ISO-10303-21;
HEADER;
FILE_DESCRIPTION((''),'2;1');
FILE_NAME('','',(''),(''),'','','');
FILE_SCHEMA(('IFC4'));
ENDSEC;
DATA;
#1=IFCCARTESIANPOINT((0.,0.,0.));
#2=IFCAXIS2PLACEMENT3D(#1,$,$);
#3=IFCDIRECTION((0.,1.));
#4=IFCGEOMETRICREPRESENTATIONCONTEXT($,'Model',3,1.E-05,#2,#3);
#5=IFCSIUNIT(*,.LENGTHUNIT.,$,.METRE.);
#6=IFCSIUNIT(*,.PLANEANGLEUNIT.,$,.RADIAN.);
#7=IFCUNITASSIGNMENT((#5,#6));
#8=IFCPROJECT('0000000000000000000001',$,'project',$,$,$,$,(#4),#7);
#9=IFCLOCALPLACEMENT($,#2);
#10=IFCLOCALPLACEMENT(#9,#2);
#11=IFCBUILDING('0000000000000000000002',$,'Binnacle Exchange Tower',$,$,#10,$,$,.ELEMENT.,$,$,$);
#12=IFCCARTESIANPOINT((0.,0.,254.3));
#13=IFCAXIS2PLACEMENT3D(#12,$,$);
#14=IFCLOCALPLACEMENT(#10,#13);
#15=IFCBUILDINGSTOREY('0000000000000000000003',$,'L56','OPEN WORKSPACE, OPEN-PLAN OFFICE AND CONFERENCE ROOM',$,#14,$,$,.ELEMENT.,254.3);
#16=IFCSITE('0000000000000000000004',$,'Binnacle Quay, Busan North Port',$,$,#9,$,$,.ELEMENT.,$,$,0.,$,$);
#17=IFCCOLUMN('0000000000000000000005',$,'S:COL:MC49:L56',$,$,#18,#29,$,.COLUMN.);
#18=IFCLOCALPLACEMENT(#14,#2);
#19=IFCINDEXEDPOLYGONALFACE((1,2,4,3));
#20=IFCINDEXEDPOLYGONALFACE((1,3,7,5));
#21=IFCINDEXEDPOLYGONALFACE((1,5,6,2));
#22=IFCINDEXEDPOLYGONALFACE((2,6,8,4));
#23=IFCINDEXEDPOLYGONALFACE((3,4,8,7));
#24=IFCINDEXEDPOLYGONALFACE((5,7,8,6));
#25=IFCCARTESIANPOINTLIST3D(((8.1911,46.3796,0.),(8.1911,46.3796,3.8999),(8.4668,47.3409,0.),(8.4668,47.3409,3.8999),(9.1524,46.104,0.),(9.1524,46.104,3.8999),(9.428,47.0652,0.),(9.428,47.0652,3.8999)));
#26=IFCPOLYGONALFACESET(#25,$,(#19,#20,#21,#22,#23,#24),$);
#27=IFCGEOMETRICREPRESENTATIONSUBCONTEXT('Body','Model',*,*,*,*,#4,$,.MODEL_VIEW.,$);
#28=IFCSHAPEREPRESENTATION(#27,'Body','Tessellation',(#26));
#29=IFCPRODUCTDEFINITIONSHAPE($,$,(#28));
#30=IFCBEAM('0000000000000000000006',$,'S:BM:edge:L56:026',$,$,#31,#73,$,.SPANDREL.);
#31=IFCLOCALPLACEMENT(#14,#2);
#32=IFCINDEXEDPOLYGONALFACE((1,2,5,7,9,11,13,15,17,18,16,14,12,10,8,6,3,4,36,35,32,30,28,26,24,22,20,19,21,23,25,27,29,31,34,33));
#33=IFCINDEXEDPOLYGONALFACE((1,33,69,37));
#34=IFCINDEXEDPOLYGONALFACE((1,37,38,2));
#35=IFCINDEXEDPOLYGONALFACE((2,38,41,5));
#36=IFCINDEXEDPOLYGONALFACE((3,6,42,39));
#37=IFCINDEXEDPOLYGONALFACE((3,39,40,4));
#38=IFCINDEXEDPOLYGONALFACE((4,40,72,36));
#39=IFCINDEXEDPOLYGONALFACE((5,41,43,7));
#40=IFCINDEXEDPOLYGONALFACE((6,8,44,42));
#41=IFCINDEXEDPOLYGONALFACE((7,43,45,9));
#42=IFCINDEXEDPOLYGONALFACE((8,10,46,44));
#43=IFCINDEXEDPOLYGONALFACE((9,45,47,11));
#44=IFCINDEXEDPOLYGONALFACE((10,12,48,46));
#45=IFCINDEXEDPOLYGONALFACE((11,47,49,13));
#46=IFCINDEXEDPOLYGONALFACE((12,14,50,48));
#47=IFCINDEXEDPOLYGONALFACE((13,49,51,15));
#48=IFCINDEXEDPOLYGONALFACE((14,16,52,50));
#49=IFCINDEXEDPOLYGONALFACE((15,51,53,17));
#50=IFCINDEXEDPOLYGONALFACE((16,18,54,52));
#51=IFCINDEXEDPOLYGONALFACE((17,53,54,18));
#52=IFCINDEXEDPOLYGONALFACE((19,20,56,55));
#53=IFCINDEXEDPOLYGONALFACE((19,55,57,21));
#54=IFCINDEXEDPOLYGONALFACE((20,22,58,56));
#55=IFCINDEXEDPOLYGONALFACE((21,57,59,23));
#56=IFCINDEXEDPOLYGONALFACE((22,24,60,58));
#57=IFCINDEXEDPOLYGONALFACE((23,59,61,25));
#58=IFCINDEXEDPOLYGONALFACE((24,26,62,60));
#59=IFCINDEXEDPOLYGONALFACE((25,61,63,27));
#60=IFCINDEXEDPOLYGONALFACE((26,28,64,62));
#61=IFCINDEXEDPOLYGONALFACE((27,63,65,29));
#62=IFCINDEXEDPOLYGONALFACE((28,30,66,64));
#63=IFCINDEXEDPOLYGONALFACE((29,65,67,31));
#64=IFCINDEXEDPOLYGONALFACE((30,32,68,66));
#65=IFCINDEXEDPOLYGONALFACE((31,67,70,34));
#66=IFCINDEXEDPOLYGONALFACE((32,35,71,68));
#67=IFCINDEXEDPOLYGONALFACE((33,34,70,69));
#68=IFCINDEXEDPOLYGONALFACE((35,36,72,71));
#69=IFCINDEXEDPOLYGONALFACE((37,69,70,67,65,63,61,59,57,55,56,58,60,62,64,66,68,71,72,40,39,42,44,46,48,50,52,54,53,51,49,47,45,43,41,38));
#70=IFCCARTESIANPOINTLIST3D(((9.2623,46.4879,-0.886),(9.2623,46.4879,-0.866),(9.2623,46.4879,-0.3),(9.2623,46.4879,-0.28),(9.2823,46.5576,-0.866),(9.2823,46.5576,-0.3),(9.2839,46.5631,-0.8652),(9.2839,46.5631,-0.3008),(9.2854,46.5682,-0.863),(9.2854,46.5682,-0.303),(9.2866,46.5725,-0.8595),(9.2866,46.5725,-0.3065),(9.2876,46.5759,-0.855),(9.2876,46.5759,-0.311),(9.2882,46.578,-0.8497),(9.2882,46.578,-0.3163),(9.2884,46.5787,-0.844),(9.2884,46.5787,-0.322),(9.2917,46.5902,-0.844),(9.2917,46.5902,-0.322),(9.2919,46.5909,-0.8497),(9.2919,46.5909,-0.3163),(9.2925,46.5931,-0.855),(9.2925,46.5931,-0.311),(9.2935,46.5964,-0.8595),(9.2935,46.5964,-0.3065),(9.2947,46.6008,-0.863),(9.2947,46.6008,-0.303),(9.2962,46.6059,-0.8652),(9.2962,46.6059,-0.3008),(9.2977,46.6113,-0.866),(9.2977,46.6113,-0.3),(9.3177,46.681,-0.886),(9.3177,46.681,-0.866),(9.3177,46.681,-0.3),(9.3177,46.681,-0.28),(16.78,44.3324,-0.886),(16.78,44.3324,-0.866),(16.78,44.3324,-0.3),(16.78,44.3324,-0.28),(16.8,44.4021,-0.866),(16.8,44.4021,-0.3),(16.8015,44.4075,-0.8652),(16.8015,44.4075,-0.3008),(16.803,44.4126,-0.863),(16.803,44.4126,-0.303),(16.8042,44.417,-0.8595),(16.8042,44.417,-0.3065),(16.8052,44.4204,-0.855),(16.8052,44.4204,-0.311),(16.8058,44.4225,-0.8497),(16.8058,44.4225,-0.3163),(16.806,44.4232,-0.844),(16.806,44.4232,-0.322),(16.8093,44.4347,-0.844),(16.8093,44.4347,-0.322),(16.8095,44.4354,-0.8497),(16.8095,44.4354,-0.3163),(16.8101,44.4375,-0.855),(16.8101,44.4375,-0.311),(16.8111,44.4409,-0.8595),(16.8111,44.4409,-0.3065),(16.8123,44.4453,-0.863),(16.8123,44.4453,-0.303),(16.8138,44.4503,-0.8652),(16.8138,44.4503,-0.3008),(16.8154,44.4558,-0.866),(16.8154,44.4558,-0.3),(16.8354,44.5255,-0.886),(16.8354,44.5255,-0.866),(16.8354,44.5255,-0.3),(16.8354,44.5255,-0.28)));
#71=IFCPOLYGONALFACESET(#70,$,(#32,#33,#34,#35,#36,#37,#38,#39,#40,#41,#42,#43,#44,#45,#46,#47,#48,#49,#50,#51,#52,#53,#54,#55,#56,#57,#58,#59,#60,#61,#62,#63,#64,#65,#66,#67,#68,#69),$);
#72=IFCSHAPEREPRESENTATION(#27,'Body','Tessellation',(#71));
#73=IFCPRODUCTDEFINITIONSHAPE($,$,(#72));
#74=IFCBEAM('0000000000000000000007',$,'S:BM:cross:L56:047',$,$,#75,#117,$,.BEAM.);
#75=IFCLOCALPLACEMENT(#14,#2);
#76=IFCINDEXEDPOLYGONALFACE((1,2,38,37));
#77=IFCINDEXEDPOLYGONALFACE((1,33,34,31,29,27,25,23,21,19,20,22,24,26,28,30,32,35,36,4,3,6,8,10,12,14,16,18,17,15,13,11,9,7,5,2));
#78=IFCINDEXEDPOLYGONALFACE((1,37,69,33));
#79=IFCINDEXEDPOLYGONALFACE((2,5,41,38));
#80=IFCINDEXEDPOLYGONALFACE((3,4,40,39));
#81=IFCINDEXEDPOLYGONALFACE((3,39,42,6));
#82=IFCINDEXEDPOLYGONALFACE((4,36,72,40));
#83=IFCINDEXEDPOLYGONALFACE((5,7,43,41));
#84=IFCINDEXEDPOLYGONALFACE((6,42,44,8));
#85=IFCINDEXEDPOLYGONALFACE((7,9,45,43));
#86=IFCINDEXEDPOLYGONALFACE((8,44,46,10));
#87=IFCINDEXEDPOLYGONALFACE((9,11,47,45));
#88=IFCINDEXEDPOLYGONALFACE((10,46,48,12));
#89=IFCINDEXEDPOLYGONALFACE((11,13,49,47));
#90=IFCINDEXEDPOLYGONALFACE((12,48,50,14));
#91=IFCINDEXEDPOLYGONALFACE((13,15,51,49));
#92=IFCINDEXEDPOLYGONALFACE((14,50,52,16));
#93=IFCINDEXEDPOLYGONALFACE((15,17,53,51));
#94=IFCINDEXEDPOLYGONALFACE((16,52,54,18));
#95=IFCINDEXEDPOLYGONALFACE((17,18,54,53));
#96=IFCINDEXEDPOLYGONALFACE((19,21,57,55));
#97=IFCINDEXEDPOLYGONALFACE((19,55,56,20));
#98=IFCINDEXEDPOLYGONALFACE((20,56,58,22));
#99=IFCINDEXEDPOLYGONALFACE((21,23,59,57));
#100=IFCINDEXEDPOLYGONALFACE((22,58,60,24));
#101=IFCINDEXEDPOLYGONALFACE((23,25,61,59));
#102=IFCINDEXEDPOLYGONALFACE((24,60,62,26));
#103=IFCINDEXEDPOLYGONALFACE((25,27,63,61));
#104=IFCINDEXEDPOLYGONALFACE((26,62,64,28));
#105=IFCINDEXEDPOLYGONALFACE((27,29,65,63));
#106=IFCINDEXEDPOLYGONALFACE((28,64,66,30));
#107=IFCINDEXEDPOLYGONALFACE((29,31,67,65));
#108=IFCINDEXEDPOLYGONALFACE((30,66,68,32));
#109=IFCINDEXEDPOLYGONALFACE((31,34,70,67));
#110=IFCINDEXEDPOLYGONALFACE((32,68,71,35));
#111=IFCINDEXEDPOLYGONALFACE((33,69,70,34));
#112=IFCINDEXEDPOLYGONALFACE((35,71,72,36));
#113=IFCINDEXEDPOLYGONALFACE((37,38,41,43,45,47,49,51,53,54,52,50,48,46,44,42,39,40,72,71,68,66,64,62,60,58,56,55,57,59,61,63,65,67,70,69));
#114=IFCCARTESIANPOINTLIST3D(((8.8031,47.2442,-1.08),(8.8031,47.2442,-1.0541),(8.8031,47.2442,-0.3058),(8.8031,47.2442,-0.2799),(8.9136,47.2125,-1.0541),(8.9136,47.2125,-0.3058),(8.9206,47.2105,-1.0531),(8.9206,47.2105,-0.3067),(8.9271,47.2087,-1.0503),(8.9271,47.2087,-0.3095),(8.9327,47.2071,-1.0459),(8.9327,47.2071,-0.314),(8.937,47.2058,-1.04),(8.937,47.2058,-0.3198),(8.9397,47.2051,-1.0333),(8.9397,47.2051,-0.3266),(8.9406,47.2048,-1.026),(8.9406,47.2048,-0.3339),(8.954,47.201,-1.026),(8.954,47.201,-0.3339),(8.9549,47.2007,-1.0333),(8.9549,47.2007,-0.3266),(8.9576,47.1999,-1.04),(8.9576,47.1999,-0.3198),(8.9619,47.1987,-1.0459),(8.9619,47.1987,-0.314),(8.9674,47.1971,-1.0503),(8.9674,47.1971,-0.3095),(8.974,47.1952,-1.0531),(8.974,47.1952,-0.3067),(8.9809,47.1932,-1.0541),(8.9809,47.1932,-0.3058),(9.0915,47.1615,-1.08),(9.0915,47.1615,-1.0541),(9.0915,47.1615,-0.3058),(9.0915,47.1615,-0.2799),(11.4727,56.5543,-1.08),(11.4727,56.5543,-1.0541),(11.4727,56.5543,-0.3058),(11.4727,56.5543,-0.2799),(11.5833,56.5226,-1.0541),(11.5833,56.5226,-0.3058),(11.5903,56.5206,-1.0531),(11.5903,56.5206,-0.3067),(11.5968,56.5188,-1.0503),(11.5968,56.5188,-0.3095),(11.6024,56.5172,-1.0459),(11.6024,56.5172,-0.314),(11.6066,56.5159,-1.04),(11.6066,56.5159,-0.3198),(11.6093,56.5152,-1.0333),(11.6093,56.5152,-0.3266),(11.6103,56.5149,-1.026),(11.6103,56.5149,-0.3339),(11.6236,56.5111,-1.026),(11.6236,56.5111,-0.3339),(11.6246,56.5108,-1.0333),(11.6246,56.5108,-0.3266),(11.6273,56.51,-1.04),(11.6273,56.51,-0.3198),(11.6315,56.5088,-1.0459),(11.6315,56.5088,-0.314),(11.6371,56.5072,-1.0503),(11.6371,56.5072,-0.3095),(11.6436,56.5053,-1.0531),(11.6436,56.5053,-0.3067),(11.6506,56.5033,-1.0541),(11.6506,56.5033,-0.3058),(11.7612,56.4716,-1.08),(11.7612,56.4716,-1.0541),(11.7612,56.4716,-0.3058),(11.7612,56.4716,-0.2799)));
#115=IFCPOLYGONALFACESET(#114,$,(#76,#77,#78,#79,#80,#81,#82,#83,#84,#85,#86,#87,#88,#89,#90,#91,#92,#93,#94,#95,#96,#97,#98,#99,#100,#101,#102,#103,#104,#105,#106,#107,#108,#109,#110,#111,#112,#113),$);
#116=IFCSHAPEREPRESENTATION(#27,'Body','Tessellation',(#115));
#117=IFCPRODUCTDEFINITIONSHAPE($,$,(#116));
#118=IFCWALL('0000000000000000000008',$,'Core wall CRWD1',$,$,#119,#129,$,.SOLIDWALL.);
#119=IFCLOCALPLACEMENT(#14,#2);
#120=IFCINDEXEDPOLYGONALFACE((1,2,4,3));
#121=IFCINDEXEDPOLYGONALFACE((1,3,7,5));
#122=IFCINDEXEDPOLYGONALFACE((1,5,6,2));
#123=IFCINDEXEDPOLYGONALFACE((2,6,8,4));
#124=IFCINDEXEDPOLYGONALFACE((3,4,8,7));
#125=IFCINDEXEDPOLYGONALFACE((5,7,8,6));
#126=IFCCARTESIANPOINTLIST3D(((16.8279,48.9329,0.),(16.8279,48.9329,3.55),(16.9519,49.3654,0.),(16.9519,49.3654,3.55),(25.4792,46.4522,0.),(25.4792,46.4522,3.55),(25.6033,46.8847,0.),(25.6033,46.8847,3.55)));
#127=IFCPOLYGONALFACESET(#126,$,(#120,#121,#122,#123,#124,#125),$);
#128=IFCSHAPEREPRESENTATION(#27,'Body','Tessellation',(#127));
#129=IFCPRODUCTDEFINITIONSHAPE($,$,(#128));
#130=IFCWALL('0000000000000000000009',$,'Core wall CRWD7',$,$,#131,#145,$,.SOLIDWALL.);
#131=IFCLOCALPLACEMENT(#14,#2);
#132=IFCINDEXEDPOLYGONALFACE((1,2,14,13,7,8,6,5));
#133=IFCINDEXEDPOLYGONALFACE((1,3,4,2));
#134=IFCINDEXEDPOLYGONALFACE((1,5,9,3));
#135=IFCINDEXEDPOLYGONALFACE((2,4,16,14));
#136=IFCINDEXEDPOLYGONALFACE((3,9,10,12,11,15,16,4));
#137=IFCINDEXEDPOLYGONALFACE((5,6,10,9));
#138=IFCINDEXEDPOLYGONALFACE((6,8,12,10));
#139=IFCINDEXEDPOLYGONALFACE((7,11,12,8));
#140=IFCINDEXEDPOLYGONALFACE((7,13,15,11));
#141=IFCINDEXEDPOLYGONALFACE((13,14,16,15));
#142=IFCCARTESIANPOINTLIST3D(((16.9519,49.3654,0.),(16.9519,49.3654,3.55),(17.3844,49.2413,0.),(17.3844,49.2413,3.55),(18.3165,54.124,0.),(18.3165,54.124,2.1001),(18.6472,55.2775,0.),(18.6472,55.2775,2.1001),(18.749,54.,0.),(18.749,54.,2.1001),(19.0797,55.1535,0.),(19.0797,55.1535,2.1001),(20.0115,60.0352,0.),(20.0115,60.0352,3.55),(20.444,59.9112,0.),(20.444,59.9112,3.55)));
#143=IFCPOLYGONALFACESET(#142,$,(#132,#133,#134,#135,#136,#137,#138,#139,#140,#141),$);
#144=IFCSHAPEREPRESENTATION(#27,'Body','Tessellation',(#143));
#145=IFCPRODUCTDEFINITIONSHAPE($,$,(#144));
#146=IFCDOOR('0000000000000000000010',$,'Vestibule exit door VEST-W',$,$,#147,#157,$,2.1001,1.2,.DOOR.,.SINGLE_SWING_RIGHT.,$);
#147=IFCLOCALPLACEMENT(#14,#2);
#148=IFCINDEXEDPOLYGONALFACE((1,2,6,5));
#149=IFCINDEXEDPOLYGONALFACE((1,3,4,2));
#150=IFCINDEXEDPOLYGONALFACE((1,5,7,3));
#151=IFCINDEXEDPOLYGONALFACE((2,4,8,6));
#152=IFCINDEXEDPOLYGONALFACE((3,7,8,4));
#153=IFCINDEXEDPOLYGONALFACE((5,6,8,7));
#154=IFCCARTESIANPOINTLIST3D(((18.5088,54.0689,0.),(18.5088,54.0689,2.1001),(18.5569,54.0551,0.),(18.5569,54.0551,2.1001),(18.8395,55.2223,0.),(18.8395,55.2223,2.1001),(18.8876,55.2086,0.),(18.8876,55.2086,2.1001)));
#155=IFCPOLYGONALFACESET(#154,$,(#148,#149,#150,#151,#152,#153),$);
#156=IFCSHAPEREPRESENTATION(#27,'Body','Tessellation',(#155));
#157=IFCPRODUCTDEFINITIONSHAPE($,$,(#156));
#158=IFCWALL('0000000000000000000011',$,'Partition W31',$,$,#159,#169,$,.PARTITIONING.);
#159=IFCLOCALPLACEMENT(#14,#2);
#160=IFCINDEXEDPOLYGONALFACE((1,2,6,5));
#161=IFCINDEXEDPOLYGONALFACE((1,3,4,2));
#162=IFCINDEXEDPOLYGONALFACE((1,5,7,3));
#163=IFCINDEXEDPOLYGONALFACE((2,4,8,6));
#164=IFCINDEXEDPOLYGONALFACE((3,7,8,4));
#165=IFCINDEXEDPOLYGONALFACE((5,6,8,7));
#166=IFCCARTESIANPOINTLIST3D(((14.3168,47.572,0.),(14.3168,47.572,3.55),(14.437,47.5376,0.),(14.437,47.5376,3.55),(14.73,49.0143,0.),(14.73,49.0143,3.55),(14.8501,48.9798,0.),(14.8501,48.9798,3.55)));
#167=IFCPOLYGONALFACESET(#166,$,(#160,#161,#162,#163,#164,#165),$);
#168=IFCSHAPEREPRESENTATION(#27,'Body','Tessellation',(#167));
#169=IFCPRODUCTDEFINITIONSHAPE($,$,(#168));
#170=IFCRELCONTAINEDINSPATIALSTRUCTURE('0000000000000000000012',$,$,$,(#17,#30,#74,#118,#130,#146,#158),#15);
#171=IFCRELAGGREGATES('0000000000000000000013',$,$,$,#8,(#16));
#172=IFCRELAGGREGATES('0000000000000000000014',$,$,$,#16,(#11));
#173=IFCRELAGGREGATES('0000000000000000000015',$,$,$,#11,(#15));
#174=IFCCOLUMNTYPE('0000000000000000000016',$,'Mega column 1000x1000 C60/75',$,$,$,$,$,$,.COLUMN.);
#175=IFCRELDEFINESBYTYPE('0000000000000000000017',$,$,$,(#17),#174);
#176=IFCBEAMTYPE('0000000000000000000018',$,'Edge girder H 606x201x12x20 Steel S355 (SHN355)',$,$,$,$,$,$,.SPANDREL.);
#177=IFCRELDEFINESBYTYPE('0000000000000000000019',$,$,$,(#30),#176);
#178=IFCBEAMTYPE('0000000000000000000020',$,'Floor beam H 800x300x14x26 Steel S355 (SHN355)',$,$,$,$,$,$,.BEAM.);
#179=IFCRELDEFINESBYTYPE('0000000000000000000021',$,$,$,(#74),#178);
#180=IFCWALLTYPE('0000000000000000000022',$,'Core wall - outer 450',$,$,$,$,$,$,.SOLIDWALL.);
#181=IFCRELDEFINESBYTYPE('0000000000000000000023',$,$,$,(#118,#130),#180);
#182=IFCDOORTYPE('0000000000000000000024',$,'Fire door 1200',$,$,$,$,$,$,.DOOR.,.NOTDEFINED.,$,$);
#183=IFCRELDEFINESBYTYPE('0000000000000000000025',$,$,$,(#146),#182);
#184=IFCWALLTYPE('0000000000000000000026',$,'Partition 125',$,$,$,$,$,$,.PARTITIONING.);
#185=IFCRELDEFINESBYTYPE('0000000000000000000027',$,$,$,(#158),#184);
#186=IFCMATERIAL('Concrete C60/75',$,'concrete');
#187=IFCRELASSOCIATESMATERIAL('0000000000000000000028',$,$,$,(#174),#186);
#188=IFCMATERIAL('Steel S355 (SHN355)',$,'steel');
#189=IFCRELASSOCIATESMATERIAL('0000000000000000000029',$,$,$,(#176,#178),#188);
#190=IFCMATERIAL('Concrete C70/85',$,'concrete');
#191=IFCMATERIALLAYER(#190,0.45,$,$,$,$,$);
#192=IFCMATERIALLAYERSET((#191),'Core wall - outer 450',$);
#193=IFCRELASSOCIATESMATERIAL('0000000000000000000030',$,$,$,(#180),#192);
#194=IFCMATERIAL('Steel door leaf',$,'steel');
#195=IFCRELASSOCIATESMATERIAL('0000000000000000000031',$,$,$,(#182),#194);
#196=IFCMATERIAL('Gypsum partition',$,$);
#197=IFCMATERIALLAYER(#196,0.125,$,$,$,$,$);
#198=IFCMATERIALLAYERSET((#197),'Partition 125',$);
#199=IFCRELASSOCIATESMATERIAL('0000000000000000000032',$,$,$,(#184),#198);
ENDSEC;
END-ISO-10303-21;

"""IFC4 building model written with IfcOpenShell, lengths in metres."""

from ifc_helpers import new_model, si_unit, direction, frame, frame_2d, origin, origin_2d, place, context, subcontext, project, spatial, rectangle, i_section, extrude, material, layer, layer_set, material_profile, profile_set, type_object, element, fill, save


model = new_model("IFC4")

# Units and contexts
model_context = context("Model", 3, precision=1e-05, world=origin(), true_north=direction((0.0, 1.0)))
body_context = subcontext(model_context, "Body", "Model", "MODEL_VIEW")
ifc_project = project(units=[si_unit("LENGTHUNIT", "METRE"), si_unit("PLANEANGLEUNIT", "RADIAN")], contexts=[model_context])

# Site, building, storey
site_placement = place(None, origin())
site = spatial("IfcSite", under=ifc_project, at=site_placement, Name="Binnacle Quay, Busan North Port", CompositionType="ELEMENT", RefElevation=0.0)
building_placement = place(site_placement, origin())
building = spatial("IfcBuilding", under=site, at=building_placement, Name="Binnacle Exchange Tower", CompositionType="ELEMENT")
storey_placement = place(building_placement, frame((0.0, 0.0, 254.3)))
storey = spatial("IfcBuildingStorey", under=building, at=storey_placement, Name="L56", Description="OPEN WORKSPACE, OPEN-PLAN OFFICE AND CONFERENCE ROOM", CompositionType="ELEMENT", Elevation=254.3)

# Column
ifc_material_1 = material(Name="Concrete C60/75", Category="concrete")
ifc_material_profile_1 = material_profile(ifc_material_1, rectangle(XDim=1.0, YDim=1.0, at=origin_2d()), Name="Mega column 1000x1000 C60/75")
ifc_profile_set_1 = profile_set([ifc_material_profile_1], Name="Concrete C60/75")
column_type = type_object("IfcColumnType", Name="Mega column 1000x1000 C60/75", PredefinedType="COLUMN", material=ifc_profile_set_1)
column_placement = place(storey_placement, frame((8.8096, 46.7224, 0.0), z_axis=(0.0, 0.0, 1.0), x_axis=(0.961262, -0.275637, 0.0)))
element("IfcColumn", 1, at=column_placement, inside=storey, type_object=column_type, Name="S:COL:MC49:L56", PredefinedType="COLUMN", context=body_context, shape_type="SweptSolid", body=[
    extrude(rectangle(XDim=1.0, YDim=1.0, at=origin_2d()), origin(), (0.0, 0.0, 1.0), 3.8999),
])

# Beams
ifc_material_2 = material(Name="Steel S355 (SHN355)", Category="steel")
ifc_material_profile_2 = material_profile(ifc_material_2, i_section(OverallWidth=0.2009, OverallDepth=0.606, WebThickness=0.012, FlangeThickness=0.02, FilletRadius=0.022, at=origin_2d()), Name="H 606x201x12x20")
ifc_profile_set_2 = profile_set([ifc_material_profile_2], Name="Steel S355 (SHN355)")
beam_type_1 = type_object("IfcBeamType", Name="Edge girder H 606x201x12x20 Steel S355 (SHN355)", PredefinedType="SPANDREL", material=ifc_profile_set_2)
beam_1_placement = place(storey_placement, frame((9.29, 46.5845, -0.583), z_axis=(0.961266, -0.275624, 0.0), x_axis=(0.275624, 0.961266, 0.0)))
element("IfcBeam", 2, at=beam_1_placement, inside=storey, type_object=beam_type_1, Name="S:BM:edge:L56:026", PredefinedType="SPANDREL", context=body_context, shape_type="SweptSolid", body=[
    extrude(i_section(OverallWidth=0.2009, OverallDepth=0.606, WebThickness=0.012, FlangeThickness=0.02, FilletRadius=0.022, at=origin_2d()), origin(), (0.0, 0.0, 1.0), 7.8206),
])
ifc_material_profile_3 = material_profile(ifc_material_2, i_section(OverallWidth=0.3, OverallDepth=0.8, WebThickness=0.0139, FlangeThickness=0.0259, FilletRadius=0.0281, at=origin_2d()), Name="H 800x300x14x26")
ifc_profile_set_3 = profile_set([ifc_material_profile_3], Name="Steel S355 (SHN355)")
beam_type_2 = type_object("IfcBeamType", Name="Floor beam H 800x300x14x26 Steel S355 (SHN355)", PredefinedType="BEAM", material=ifc_profile_set_3)
beam_2_placement = place(storey_placement, frame((8.9473, 47.2029, -0.6799), z_axis=(0.275643, 0.96126, 0.0), x_axis=(-0.96126, 0.275643, 0.0)))
element("IfcBeam", 3, at=beam_2_placement, inside=storey, type_object=beam_type_2, Name="S:BM:cross:L56:047", PredefinedType="BEAM", context=body_context, shape_type="SweptSolid", body=[
    extrude(i_section(OverallWidth=0.3, OverallDepth=0.8, WebThickness=0.0139, FlangeThickness=0.0259, FilletRadius=0.0281, at=origin_2d()), origin(), (0.0, 0.0, 1.0), 9.6853),
])

# Wall
ifc_material_3 = material(Name="Concrete C70/85", Category="concrete")
ifc_layer_1 = layer(ifc_material_3, 0.45)
ifc_layer_set_1 = layer_set([ifc_layer_1], Name="Core wall - outer 450")
wall_type_1 = type_object("IfcWallType", Name="Core wall - outer 450", PredefinedType="SOLIDWALL", material=ifc_layer_set_1)
wall_1_placement = place(storey_placement, frame((16.8899, 49.1492, 0.0), z_axis=(0.0, 0.0, 1.0), x_axis=(0.961262, -0.275635, 0.0)))
element("IfcWall", 4, at=wall_1_placement, inside=storey, type_object=wall_type_1, Name="Core wall CRWD1", PredefinedType="SOLIDWALL", context=body_context, shape_type="SweptSolid", body=[
    extrude(rectangle(XDim=9.0, YDim=0.45, at=frame_2d((4.5, 0.0))), origin(), (0.0, 0.0, 1.0), 3.55),
])

# Wall, opening, door
wall_2_placement = place(storey_placement, frame((17.1682, 49.3035, 0.0), z_axis=(0.0, 0.0, 1.0), x_axis=(0.275639, 0.961261, 0.0)))
wall_2 = element("IfcWall", 5, at=wall_2_placement, inside=storey, type_object=wall_type_1, Name="Core wall CRWD7", PredefinedType="SOLIDWALL", context=body_context, shape_type="SweptSolid", body=[
    extrude(rectangle(XDim=11.0999, YDim=0.45, at=frame_2d((5.5498, 0.0))), origin(), (0.0, 0.0, 1.0), 3.55),
])
opening_1_placement = place(wall_2_placement, frame((4.9502, 0.0, 0.0)))
opening_1 = element("IfcOpeningElement", 6, at=opening_1_placement, cuts=wall_2, PredefinedType="OPENING", context=body_context, shape_type="SweptSolid", body=[
    extrude(rectangle(XDim=1.2, YDim=2.1001, at=frame_2d((0.6001, 1.05))), frame((0.0, 0.2349, 0.0), z_axis=(0.0, -1.0, 0.0), x_axis=(1.0, 0.0, 0.0)), (0.0, 0.0, 1.0), 0.47),
])
ifc_material_4 = material(Name="Steel door leaf", Category="steel")
door_type_1 = type_object("IfcDoorType", Name="Fire door 1200", OperationType="NOTDEFINED", PredefinedType="DOOR", material=ifc_material_4)
door_1_placement = place(opening_1_placement, origin())
door_1 = element("IfcDoor", 7, at=door_1_placement, inside=storey, type_object=door_type_1, Name="Vestibule exit door VEST-W", OperationType="SINGLE_SWING_RIGHT", OverallHeight=2.1001, OverallWidth=1.2, PredefinedType="DOOR", context=body_context, shape_type="SweptSolid", body=[
    extrude(rectangle(XDim=1.2, YDim=2.1001, at=frame_2d((0.6001, 1.05))), frame((0.0, 0.0249, 0.0), z_axis=(0.0, -1.0, 0.0), x_axis=(1.0, 0.0, 0.0)), (0.0, 0.0, 1.0), 0.05),
])
fill(opening_1, door_1)

# Wall
ifc_material_5 = material(Name="Gypsum partition")
ifc_layer_2 = layer(ifc_material_5, 0.125)
ifc_layer_set_2 = layer_set([ifc_layer_2], Name="Partition 125")
wall_type_2 = type_object("IfcWallType", Name="Partition 125", PredefinedType="PARTITIONING", material=ifc_layer_set_2)
wall_3_placement = place(storey_placement, frame((14.377, 47.5549, 0.0), z_axis=(0.0, 0.0, 1.0), x_axis=(0.275366, 0.961339, 0.0)))
element("IfcWall", 8, at=wall_3_placement, inside=storey, type_object=wall_type_2, Name="Partition W31", PredefinedType="PARTITIONING", context=body_context, shape_type="SweptSolid", body=[
    extrude(rectangle(XDim=1.5002, YDim=0.125, at=frame_2d((0.75, 0.0))), origin(), (0.0, 0.0, 1.0), 3.55),
])

save(model, "model.ifc")
